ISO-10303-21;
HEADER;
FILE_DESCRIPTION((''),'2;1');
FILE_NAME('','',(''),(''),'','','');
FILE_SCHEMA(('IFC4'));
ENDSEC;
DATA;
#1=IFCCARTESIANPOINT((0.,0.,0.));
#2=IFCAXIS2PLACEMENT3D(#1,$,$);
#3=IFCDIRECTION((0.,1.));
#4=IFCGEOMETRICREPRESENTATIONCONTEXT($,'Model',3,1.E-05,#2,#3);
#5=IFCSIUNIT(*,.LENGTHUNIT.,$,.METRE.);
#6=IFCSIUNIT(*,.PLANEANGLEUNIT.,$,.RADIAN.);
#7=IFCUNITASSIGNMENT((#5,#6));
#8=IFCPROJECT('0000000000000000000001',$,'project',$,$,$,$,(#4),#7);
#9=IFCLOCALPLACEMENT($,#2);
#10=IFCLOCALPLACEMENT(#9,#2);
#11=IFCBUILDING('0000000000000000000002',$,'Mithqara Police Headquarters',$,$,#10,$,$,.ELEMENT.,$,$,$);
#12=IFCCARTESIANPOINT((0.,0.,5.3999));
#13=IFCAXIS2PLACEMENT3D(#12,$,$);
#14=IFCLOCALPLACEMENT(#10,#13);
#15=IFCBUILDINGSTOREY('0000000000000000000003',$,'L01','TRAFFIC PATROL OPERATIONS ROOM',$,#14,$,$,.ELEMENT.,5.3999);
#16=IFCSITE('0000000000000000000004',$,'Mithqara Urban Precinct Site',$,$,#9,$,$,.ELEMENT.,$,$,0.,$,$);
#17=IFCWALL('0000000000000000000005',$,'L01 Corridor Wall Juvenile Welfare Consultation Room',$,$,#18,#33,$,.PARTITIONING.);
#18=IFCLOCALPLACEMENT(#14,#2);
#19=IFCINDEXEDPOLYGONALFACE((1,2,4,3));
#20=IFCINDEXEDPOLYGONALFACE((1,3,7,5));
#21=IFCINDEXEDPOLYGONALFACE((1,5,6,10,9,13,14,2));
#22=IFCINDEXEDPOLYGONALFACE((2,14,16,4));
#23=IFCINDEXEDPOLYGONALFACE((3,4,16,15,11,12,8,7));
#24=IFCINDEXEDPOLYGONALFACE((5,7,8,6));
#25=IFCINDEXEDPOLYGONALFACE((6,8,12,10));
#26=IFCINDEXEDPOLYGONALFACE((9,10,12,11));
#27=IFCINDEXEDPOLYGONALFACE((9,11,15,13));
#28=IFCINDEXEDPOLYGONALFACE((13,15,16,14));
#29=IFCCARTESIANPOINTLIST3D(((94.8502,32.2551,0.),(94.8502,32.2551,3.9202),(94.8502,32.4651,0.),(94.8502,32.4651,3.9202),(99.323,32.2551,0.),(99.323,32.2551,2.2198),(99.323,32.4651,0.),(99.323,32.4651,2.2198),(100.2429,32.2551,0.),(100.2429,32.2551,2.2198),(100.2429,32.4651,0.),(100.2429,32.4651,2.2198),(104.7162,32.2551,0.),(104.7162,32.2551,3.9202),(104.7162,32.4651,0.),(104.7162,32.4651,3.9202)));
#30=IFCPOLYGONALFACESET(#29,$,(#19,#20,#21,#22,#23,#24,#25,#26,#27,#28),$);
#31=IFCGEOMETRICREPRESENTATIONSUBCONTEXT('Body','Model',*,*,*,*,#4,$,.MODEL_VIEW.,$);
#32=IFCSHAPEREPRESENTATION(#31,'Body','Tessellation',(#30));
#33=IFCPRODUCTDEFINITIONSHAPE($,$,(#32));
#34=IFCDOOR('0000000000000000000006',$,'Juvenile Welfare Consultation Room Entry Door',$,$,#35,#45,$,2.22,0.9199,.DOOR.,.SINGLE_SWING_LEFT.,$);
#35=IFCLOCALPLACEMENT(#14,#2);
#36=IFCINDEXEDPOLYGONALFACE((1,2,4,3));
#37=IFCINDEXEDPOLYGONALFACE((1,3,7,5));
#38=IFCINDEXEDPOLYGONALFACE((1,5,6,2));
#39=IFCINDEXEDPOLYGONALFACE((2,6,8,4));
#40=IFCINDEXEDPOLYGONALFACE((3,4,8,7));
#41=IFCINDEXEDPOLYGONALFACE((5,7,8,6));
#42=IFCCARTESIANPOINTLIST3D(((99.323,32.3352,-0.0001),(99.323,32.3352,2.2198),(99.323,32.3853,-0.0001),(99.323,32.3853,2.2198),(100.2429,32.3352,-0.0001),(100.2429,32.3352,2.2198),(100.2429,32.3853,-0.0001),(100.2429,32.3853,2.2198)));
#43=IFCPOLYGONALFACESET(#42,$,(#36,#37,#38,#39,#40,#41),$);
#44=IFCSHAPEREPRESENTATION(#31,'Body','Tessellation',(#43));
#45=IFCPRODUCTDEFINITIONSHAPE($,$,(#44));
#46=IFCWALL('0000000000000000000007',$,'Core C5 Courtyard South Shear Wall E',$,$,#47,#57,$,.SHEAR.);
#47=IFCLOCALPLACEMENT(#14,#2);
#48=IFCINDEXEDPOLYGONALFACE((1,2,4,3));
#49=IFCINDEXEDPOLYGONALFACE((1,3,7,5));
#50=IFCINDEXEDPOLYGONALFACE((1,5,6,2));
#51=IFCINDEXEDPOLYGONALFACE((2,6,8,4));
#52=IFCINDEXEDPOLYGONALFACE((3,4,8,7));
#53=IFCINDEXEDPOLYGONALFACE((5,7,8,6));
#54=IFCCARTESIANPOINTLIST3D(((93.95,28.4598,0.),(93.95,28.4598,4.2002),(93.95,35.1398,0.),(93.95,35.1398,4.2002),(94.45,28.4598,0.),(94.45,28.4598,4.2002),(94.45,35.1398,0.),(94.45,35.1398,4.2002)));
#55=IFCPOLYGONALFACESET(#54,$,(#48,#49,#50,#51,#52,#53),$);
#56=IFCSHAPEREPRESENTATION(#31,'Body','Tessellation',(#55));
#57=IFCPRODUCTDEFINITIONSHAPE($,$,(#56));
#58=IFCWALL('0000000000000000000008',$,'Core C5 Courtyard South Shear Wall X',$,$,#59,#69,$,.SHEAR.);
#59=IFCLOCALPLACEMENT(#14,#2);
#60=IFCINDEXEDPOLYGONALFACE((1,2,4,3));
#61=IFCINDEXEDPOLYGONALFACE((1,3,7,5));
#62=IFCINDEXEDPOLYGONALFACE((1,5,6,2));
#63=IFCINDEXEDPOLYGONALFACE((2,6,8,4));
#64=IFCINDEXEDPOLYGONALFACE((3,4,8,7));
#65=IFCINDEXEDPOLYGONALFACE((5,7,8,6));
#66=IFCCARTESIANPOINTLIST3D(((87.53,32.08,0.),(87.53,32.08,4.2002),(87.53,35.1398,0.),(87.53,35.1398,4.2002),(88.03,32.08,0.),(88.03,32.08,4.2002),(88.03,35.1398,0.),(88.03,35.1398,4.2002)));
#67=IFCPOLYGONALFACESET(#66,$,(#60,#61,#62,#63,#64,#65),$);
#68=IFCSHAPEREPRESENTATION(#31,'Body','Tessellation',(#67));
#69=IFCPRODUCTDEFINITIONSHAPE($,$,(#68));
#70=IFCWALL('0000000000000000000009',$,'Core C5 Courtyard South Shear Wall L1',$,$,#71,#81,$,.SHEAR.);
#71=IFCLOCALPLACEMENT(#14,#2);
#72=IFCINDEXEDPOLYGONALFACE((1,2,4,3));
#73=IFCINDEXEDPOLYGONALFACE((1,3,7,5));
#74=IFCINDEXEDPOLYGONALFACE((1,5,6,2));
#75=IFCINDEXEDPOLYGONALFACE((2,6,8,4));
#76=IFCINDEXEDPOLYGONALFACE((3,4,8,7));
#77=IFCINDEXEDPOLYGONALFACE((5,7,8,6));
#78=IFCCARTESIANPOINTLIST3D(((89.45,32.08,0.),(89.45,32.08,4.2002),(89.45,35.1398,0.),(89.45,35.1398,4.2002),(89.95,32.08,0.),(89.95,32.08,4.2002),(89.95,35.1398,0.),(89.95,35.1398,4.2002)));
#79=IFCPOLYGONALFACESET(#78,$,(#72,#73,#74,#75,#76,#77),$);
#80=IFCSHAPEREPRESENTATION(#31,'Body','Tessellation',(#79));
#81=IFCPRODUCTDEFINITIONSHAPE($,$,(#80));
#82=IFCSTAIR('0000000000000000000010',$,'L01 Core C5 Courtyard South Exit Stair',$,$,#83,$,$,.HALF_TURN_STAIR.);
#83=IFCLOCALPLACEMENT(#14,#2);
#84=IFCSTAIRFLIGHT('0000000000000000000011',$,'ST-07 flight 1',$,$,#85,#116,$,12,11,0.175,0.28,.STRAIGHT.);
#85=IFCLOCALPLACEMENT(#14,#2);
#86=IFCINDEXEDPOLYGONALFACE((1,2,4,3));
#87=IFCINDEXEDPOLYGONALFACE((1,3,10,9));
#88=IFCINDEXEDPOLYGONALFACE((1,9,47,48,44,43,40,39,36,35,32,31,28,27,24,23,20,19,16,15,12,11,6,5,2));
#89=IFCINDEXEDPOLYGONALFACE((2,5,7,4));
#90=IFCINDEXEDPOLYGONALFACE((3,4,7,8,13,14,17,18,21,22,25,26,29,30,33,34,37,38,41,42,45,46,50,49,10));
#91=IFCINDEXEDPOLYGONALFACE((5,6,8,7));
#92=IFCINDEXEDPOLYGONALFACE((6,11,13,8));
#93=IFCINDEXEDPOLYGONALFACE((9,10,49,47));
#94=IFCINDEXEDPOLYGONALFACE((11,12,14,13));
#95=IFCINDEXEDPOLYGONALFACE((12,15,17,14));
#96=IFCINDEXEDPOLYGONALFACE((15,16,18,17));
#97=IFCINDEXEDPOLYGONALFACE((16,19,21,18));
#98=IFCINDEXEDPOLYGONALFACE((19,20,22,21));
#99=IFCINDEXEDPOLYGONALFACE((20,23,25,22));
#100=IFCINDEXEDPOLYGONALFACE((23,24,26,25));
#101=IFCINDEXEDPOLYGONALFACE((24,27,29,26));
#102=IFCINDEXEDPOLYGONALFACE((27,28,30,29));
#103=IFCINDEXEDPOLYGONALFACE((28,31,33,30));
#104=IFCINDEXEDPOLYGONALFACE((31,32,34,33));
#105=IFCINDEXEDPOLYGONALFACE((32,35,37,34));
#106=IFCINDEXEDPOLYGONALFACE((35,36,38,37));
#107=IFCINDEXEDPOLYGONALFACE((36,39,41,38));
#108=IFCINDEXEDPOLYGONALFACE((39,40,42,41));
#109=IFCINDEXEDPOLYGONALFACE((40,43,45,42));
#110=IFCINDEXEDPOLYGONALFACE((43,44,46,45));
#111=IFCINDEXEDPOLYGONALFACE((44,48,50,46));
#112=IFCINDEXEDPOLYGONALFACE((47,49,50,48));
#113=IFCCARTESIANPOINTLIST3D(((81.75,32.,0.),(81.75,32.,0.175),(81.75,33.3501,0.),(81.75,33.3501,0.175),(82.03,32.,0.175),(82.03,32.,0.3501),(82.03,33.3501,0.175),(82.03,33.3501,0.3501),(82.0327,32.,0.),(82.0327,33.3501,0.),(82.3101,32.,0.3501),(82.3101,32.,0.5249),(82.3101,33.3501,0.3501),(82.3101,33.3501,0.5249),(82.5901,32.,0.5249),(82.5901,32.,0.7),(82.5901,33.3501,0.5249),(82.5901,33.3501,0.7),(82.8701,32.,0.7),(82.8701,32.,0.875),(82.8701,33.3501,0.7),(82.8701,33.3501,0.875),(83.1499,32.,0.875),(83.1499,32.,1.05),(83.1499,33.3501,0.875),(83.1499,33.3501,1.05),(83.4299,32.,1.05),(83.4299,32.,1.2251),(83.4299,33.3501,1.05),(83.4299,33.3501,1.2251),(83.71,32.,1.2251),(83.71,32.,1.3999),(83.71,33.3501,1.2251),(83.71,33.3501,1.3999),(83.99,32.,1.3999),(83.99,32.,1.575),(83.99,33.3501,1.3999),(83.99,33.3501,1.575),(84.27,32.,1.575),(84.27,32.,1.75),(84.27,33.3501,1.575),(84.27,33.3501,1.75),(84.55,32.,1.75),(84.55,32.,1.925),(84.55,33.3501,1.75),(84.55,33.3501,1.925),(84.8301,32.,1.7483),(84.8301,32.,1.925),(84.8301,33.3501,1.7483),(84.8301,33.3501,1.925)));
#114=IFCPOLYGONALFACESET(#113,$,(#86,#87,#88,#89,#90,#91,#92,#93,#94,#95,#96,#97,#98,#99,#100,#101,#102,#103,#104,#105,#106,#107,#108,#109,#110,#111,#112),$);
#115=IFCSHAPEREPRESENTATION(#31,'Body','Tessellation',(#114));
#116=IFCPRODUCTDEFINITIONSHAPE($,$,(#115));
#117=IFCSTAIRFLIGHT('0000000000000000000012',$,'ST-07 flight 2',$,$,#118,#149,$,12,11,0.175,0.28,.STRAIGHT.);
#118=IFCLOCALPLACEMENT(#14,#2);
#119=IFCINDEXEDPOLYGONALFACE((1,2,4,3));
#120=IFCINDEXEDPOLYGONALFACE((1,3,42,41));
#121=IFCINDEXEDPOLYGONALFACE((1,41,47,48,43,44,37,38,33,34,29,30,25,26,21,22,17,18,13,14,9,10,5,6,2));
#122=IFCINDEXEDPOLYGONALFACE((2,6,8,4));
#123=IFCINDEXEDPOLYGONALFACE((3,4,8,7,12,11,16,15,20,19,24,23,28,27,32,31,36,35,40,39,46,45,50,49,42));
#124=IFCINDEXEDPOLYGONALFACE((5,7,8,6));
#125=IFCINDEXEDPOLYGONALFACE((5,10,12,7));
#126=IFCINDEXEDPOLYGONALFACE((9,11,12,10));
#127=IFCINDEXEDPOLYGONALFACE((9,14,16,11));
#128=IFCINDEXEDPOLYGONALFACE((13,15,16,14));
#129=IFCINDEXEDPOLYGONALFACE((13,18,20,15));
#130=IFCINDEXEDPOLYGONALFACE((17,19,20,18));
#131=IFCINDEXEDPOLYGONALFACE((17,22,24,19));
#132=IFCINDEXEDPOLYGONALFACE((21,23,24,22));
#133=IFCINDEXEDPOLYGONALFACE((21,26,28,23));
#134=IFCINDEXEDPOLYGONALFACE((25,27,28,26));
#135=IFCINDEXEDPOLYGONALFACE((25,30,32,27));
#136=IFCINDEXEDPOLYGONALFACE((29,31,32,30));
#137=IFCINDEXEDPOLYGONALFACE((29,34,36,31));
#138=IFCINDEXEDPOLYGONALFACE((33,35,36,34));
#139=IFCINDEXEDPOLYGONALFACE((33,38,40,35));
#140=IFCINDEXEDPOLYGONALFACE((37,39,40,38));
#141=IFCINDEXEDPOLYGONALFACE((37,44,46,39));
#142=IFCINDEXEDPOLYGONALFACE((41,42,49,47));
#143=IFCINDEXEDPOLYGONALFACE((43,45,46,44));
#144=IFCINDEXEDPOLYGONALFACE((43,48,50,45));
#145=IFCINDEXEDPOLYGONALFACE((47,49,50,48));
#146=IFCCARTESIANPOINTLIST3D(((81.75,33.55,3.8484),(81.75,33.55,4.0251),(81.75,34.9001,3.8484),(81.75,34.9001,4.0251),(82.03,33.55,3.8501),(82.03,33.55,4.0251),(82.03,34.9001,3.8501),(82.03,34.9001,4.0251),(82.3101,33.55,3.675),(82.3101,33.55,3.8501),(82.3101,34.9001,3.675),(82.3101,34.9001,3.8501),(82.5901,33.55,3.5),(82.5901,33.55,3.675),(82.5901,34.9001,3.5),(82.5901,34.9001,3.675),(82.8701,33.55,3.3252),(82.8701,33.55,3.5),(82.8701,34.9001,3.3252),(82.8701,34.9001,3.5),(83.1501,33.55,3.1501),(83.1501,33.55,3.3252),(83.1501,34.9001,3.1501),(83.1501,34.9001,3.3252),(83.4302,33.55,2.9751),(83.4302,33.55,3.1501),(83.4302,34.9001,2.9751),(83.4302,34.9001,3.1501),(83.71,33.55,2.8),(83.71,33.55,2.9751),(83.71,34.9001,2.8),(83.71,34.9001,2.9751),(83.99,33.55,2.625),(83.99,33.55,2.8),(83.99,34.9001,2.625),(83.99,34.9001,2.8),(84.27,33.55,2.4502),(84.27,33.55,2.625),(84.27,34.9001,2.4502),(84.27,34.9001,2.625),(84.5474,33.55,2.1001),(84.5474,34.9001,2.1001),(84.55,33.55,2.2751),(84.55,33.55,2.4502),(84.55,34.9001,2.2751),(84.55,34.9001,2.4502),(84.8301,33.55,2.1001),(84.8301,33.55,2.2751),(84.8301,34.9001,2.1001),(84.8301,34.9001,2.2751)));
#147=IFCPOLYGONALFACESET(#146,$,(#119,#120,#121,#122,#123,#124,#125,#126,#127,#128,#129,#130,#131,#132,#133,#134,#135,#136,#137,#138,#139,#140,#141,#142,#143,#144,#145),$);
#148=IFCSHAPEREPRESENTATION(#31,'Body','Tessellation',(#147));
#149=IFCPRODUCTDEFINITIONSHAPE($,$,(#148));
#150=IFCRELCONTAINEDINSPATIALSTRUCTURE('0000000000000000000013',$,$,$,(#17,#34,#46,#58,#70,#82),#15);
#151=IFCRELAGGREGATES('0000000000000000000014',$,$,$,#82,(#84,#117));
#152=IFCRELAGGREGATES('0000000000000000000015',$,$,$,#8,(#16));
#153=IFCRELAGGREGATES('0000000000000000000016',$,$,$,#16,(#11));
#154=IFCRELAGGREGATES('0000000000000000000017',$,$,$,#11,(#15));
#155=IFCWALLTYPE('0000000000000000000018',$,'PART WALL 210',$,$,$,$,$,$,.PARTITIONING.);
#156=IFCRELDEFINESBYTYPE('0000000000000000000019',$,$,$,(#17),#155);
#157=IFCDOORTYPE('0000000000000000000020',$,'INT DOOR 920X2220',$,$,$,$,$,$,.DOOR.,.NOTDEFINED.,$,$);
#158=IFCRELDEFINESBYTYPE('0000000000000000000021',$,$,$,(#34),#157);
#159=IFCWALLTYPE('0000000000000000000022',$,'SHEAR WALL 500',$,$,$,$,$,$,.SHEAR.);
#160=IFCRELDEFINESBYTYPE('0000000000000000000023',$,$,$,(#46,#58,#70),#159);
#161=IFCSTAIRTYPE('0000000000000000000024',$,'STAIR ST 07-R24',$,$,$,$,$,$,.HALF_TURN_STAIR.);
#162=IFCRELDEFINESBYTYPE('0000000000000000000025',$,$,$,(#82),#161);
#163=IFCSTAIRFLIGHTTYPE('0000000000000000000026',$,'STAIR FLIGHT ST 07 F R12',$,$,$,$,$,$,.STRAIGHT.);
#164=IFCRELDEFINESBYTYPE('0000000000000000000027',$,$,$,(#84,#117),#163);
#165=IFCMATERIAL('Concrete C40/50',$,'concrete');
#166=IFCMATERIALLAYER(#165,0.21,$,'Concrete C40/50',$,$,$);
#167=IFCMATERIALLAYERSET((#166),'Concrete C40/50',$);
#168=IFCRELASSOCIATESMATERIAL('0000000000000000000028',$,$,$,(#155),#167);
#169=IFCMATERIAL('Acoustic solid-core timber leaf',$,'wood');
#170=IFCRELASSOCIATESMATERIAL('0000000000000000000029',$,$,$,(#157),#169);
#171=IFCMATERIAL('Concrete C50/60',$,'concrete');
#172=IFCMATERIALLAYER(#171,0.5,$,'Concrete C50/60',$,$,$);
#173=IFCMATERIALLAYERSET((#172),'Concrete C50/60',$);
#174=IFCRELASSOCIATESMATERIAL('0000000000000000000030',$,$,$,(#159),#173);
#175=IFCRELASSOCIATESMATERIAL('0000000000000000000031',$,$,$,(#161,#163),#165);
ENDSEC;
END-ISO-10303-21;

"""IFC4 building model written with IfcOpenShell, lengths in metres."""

from ifc_helpers import new_model, si_unit, direction, frame, frame_2d, origin, place, context, subcontext, project, spatial, polyline, rectangle, outline, extrude, material, layer, layer_set, type_object, element, fill, aggregate, save


model = new_model("IFC4")

# Units and contexts
model_context = context("Model", 3, precision=1e-05, world=origin(), true_north=direction((0.0, 1.0)))
body_context = subcontext(model_context, "Body", "Model", "MODEL_VIEW")
ifc_project = project(units=[si_unit("LENGTHUNIT", "METRE"), si_unit("PLANEANGLEUNIT", "RADIAN")], contexts=[model_context])

# Site, building, storey
site_placement = place(None, origin())
site = spatial("IfcSite", under=ifc_project, at=site_placement, Name="Mithqara Urban Precinct Site", CompositionType="ELEMENT", RefElevation=0.0)
building_placement = place(site_placement, origin())
building = spatial("IfcBuilding", under=site, at=building_placement, Name="Mithqara Police Headquarters", CompositionType="ELEMENT")
storey_placement = place(building_placement, frame((0.0, 0.0, 5.3999)))
storey = spatial("IfcBuildingStorey", under=building, at=storey_placement, Name="L01", Description="TRAFFIC PATROL OPERATIONS ROOM", CompositionType="ELEMENT", Elevation=5.3999)

# Shared definitions
ifc_material_1 = material(Name="Concrete C40/50", Category="concrete")
ifc_material_2 = material(Name="Concrete C50/60", Category="concrete")

# Shared definitions
ifc_layer_1 = layer(ifc_material_1, 0.21, Name="Concrete C40/50")
ifc_layer_set_1 = layer_set([ifc_layer_1], Name="Concrete C40/50")
wall_type_1 = type_object("IfcWallType", Name="PART WALL 210", PredefinedType="PARTITIONING", material=ifc_layer_set_1)

# Wall, opening, door
wall_1_placement = place(storey_placement, frame((94.8501, 32.3601, 0.0), z_axis=(0.0, 0.0, 1.0), x_axis=(1.0, 0.0, 0.0)))
wall_1 = element("IfcWall", 1, at=wall_1_placement, inside=storey, type_object=wall_type_1, Name="L01 Corridor Wall Juvenile Welfare Consultation Room", PredefinedType="PARTITIONING", context=body_context, shape_type="SweptSolid", body=[
    extrude(rectangle(XDim=9.866, YDim=0.21, at=frame_2d((4.9331, 0.0))), origin(), (0.0, 0.0, 1.0), 3.9202),
])
opening_1_placement = place(wall_1_placement, frame((4.4729, 0.0, 0.0)))
opening_1 = element("IfcOpeningElement", 2, at=opening_1_placement, cuts=wall_1, PredefinedType="OPENING", context=body_context, shape_type="SweptSolid", body=[
    extrude(rectangle(XDim=0.9199, YDim=2.22, at=frame_2d((0.46, 1.1099))), frame((0.0, 0.115, 0.0), z_axis=(0.0, -1.0, 0.0), x_axis=(1.0, 0.0, 0.0)), (0.0, 0.0, 1.0), 0.23),
])
ifc_material_3 = material(Name="Acoustic solid-core timber leaf", Category="wood")
door_type = type_object("IfcDoorType", Name="INT DOOR 920X2220", OperationType="NOTDEFINED", PredefinedType="DOOR", material=ifc_material_3)
door_placement = place(opening_1_placement, frame((0.9199, 0.0, 0.0), z_axis=(0.0, 0.0, 1.0), x_axis=(-1.0, 0.0, 0.0)))
door = element("IfcDoor", 3, at=door_placement, inside=storey, type_object=door_type, Name="Juvenile Welfare Consultation Room Entry Door", OperationType="SINGLE_SWING_LEFT", OverallHeight=2.22, OverallWidth=0.9199, PredefinedType="DOOR", context=body_context, shape_type="SweptSolid", body=[
    extrude(rectangle(XDim=0.9199, YDim=2.22, at=frame_2d((0.46, 1.1099))), frame((0.0, 0.0249, 0.0), z_axis=(0.0, -1.0, 0.0), x_axis=(1.0, 0.0, 0.0)), (0.0, 0.0, 1.0), 0.05),
])
fill(opening_1, door)

# Walls
ifc_layer_2 = layer(ifc_material_2, 0.5, Name="Concrete C50/60")
ifc_layer_set_2 = layer_set([ifc_layer_2], Name="Concrete C50/60")
wall_type_2 = type_object("IfcWallType", Name="SHEAR WALL 500", PredefinedType="SHEAR", material=ifc_layer_set_2)
wall_2_placement = place(storey_placement, frame((94.2, 28.46, 0.0), z_axis=(0.0, 0.0, 1.0), x_axis=(0.0, 1.0, 0.0)))
element("IfcWall", 4, at=wall_2_placement, inside=storey, type_object=wall_type_2, Name="Core C5 Courtyard South Shear Wall E", PredefinedType="SHEAR", context=body_context, shape_type="SweptSolid", body=[
    extrude(rectangle(XDim=6.6799, YDim=0.5, at=frame_2d((3.3398, 0.0))), origin(), (0.0, 0.0, 1.0), 4.2002),
])
for number, where, z_axis, x_axis, name in (
    (5, (87.78, 32.0801, 0.0), (0.0, 0.0, 1.0), (0.0, 1.0, 0.0), "Core C5 Courtyard South Shear Wall X"),
    (6, (89.7, 32.0801, 0.0), (0.0, 0.0, 1.0), (0.0, 1.0, 0.0), "Core C5 Courtyard South Shear Wall L1"),
):
    element("IfcWall", number, at=place(storey_placement, frame(where, z_axis=z_axis, x_axis=x_axis)), inside=storey, type_object=wall_type_2, Name=name, PredefinedType="SHEAR", context=body_context, shape_type="SweptSolid", body=[
        extrude(rectangle(XDim=3.0598, YDim=0.5, at=frame_2d((1.5298, 0.0))), origin(), (0.0, 0.0, 1.0), 4.2002),
    ])

# Stair, stair flights
stair_type = type_object("IfcStairType", Name="STAIR ST 07-R24", PredefinedType="HALF_TURN_STAIR", material=ifc_material_1)
stair_placement = place(storey_placement, origin())
stair = element("IfcStair", 7, at=stair_placement, inside=storey, type_object=stair_type, Name="L01 Core C5 Courtyard South Exit Stair", PredefinedType="HALF_TURN_STAIR")
stair_flight_type = type_object("IfcStairFlightType", Name="STAIR FLIGHT ST 07 F R12", PredefinedType="STRAIGHT", material=ifc_material_1)
stair_flight_1_placement = place(storey_placement, frame((81.75, 32.675, 0.0), z_axis=(0.0, 0.0, 1.0), x_axis=(1.0, 0.0, 0.0)))
stair_flight_1 = element("IfcStairFlight", 8, at=stair_flight_1_placement, type_object=stair_flight_type, Name="ST-07 flight 1", NumberOfRisers=12, NumberOfTreads=11, PredefinedType="STRAIGHT", RiserHeight=0.175, TreadLength=0.28, context=body_context, shape_type="SweptSolid", body=[
    extrude(outline(polyline([(0.0, 0.0), (0.0, 0.175), (0.28, 0.175), (0.28, 0.3501), (0.5601, 0.3501), (0.5601, 0.5249), (0.8401, 0.5249), (0.8401, 0.7), (1.1201, 0.7), (1.1201, 0.875), (1.3999, 0.875), (1.3999, 1.05), (1.6799, 1.05), (1.6799, 1.2251), (1.96, 1.2251), (1.96, 1.3999), (2.24, 1.3999), (2.24, 1.575), (2.52, 1.575), (2.52, 1.75), (2.8, 1.75), (2.8, 1.925), (3.0801, 1.925), (3.0801, 2.1001), (3.0801, 1.7483), (0.2827, 0.0), (0.0, 0.0)])), frame((0.0, 0.675, 0.0), z_axis=(0.0, -1.0, 0.0), x_axis=(1.0, 0.0, 0.0)), (0.0, 0.0, 1.0), 1.3501),
])
stair_flight_2_placement = place(storey_placement, frame((84.8301, 34.2251, 2.1001), z_axis=(0.0, 0.0, 1.0), x_axis=(-1.0, 0.0, 0.0)))
stair_flight_2 = element("IfcStairFlight", 9, at=stair_flight_2_placement, type_object=stair_flight_type, Name="ST-07 flight 2", NumberOfRisers=12, NumberOfTreads=11, PredefinedType="STRAIGHT", RiserHeight=0.175, TreadLength=0.28, context=body_context, shape_type="SweptSolid", body=[
    extrude(outline(polyline([(0.0, 0.0), (0.0, 0.175), (0.28, 0.175), (0.28, 0.3501), (0.5601, 0.3501), (0.5601, 0.5249), (0.8401, 0.5249), (0.8401, 0.7), (1.1201, 0.7), (1.1201, 0.875), (1.3999, 0.875), (1.3999, 1.05), (1.6799, 1.05), (1.6799, 1.2251), (1.96, 1.2251), (1.96, 1.3999), (2.24, 1.3999), (2.24, 1.575), (2.52, 1.575), (2.52, 1.75), (2.8, 1.75), (2.8, 1.925), (3.0801, 1.925), (3.0801, 2.1001), (3.0801, 1.7483), (0.2827, 0.0), (0.0, 0.0)])), frame((0.0, 0.675, 0.0), z_axis=(0.0, -1.0, 0.0), x_axis=(1.0, 0.0, 0.0)), (0.0, 0.0, 1.0), 1.3501),
])
aggregate(stair, [stair_flight_1, stair_flight_2])

save(model, "model.ifc")
